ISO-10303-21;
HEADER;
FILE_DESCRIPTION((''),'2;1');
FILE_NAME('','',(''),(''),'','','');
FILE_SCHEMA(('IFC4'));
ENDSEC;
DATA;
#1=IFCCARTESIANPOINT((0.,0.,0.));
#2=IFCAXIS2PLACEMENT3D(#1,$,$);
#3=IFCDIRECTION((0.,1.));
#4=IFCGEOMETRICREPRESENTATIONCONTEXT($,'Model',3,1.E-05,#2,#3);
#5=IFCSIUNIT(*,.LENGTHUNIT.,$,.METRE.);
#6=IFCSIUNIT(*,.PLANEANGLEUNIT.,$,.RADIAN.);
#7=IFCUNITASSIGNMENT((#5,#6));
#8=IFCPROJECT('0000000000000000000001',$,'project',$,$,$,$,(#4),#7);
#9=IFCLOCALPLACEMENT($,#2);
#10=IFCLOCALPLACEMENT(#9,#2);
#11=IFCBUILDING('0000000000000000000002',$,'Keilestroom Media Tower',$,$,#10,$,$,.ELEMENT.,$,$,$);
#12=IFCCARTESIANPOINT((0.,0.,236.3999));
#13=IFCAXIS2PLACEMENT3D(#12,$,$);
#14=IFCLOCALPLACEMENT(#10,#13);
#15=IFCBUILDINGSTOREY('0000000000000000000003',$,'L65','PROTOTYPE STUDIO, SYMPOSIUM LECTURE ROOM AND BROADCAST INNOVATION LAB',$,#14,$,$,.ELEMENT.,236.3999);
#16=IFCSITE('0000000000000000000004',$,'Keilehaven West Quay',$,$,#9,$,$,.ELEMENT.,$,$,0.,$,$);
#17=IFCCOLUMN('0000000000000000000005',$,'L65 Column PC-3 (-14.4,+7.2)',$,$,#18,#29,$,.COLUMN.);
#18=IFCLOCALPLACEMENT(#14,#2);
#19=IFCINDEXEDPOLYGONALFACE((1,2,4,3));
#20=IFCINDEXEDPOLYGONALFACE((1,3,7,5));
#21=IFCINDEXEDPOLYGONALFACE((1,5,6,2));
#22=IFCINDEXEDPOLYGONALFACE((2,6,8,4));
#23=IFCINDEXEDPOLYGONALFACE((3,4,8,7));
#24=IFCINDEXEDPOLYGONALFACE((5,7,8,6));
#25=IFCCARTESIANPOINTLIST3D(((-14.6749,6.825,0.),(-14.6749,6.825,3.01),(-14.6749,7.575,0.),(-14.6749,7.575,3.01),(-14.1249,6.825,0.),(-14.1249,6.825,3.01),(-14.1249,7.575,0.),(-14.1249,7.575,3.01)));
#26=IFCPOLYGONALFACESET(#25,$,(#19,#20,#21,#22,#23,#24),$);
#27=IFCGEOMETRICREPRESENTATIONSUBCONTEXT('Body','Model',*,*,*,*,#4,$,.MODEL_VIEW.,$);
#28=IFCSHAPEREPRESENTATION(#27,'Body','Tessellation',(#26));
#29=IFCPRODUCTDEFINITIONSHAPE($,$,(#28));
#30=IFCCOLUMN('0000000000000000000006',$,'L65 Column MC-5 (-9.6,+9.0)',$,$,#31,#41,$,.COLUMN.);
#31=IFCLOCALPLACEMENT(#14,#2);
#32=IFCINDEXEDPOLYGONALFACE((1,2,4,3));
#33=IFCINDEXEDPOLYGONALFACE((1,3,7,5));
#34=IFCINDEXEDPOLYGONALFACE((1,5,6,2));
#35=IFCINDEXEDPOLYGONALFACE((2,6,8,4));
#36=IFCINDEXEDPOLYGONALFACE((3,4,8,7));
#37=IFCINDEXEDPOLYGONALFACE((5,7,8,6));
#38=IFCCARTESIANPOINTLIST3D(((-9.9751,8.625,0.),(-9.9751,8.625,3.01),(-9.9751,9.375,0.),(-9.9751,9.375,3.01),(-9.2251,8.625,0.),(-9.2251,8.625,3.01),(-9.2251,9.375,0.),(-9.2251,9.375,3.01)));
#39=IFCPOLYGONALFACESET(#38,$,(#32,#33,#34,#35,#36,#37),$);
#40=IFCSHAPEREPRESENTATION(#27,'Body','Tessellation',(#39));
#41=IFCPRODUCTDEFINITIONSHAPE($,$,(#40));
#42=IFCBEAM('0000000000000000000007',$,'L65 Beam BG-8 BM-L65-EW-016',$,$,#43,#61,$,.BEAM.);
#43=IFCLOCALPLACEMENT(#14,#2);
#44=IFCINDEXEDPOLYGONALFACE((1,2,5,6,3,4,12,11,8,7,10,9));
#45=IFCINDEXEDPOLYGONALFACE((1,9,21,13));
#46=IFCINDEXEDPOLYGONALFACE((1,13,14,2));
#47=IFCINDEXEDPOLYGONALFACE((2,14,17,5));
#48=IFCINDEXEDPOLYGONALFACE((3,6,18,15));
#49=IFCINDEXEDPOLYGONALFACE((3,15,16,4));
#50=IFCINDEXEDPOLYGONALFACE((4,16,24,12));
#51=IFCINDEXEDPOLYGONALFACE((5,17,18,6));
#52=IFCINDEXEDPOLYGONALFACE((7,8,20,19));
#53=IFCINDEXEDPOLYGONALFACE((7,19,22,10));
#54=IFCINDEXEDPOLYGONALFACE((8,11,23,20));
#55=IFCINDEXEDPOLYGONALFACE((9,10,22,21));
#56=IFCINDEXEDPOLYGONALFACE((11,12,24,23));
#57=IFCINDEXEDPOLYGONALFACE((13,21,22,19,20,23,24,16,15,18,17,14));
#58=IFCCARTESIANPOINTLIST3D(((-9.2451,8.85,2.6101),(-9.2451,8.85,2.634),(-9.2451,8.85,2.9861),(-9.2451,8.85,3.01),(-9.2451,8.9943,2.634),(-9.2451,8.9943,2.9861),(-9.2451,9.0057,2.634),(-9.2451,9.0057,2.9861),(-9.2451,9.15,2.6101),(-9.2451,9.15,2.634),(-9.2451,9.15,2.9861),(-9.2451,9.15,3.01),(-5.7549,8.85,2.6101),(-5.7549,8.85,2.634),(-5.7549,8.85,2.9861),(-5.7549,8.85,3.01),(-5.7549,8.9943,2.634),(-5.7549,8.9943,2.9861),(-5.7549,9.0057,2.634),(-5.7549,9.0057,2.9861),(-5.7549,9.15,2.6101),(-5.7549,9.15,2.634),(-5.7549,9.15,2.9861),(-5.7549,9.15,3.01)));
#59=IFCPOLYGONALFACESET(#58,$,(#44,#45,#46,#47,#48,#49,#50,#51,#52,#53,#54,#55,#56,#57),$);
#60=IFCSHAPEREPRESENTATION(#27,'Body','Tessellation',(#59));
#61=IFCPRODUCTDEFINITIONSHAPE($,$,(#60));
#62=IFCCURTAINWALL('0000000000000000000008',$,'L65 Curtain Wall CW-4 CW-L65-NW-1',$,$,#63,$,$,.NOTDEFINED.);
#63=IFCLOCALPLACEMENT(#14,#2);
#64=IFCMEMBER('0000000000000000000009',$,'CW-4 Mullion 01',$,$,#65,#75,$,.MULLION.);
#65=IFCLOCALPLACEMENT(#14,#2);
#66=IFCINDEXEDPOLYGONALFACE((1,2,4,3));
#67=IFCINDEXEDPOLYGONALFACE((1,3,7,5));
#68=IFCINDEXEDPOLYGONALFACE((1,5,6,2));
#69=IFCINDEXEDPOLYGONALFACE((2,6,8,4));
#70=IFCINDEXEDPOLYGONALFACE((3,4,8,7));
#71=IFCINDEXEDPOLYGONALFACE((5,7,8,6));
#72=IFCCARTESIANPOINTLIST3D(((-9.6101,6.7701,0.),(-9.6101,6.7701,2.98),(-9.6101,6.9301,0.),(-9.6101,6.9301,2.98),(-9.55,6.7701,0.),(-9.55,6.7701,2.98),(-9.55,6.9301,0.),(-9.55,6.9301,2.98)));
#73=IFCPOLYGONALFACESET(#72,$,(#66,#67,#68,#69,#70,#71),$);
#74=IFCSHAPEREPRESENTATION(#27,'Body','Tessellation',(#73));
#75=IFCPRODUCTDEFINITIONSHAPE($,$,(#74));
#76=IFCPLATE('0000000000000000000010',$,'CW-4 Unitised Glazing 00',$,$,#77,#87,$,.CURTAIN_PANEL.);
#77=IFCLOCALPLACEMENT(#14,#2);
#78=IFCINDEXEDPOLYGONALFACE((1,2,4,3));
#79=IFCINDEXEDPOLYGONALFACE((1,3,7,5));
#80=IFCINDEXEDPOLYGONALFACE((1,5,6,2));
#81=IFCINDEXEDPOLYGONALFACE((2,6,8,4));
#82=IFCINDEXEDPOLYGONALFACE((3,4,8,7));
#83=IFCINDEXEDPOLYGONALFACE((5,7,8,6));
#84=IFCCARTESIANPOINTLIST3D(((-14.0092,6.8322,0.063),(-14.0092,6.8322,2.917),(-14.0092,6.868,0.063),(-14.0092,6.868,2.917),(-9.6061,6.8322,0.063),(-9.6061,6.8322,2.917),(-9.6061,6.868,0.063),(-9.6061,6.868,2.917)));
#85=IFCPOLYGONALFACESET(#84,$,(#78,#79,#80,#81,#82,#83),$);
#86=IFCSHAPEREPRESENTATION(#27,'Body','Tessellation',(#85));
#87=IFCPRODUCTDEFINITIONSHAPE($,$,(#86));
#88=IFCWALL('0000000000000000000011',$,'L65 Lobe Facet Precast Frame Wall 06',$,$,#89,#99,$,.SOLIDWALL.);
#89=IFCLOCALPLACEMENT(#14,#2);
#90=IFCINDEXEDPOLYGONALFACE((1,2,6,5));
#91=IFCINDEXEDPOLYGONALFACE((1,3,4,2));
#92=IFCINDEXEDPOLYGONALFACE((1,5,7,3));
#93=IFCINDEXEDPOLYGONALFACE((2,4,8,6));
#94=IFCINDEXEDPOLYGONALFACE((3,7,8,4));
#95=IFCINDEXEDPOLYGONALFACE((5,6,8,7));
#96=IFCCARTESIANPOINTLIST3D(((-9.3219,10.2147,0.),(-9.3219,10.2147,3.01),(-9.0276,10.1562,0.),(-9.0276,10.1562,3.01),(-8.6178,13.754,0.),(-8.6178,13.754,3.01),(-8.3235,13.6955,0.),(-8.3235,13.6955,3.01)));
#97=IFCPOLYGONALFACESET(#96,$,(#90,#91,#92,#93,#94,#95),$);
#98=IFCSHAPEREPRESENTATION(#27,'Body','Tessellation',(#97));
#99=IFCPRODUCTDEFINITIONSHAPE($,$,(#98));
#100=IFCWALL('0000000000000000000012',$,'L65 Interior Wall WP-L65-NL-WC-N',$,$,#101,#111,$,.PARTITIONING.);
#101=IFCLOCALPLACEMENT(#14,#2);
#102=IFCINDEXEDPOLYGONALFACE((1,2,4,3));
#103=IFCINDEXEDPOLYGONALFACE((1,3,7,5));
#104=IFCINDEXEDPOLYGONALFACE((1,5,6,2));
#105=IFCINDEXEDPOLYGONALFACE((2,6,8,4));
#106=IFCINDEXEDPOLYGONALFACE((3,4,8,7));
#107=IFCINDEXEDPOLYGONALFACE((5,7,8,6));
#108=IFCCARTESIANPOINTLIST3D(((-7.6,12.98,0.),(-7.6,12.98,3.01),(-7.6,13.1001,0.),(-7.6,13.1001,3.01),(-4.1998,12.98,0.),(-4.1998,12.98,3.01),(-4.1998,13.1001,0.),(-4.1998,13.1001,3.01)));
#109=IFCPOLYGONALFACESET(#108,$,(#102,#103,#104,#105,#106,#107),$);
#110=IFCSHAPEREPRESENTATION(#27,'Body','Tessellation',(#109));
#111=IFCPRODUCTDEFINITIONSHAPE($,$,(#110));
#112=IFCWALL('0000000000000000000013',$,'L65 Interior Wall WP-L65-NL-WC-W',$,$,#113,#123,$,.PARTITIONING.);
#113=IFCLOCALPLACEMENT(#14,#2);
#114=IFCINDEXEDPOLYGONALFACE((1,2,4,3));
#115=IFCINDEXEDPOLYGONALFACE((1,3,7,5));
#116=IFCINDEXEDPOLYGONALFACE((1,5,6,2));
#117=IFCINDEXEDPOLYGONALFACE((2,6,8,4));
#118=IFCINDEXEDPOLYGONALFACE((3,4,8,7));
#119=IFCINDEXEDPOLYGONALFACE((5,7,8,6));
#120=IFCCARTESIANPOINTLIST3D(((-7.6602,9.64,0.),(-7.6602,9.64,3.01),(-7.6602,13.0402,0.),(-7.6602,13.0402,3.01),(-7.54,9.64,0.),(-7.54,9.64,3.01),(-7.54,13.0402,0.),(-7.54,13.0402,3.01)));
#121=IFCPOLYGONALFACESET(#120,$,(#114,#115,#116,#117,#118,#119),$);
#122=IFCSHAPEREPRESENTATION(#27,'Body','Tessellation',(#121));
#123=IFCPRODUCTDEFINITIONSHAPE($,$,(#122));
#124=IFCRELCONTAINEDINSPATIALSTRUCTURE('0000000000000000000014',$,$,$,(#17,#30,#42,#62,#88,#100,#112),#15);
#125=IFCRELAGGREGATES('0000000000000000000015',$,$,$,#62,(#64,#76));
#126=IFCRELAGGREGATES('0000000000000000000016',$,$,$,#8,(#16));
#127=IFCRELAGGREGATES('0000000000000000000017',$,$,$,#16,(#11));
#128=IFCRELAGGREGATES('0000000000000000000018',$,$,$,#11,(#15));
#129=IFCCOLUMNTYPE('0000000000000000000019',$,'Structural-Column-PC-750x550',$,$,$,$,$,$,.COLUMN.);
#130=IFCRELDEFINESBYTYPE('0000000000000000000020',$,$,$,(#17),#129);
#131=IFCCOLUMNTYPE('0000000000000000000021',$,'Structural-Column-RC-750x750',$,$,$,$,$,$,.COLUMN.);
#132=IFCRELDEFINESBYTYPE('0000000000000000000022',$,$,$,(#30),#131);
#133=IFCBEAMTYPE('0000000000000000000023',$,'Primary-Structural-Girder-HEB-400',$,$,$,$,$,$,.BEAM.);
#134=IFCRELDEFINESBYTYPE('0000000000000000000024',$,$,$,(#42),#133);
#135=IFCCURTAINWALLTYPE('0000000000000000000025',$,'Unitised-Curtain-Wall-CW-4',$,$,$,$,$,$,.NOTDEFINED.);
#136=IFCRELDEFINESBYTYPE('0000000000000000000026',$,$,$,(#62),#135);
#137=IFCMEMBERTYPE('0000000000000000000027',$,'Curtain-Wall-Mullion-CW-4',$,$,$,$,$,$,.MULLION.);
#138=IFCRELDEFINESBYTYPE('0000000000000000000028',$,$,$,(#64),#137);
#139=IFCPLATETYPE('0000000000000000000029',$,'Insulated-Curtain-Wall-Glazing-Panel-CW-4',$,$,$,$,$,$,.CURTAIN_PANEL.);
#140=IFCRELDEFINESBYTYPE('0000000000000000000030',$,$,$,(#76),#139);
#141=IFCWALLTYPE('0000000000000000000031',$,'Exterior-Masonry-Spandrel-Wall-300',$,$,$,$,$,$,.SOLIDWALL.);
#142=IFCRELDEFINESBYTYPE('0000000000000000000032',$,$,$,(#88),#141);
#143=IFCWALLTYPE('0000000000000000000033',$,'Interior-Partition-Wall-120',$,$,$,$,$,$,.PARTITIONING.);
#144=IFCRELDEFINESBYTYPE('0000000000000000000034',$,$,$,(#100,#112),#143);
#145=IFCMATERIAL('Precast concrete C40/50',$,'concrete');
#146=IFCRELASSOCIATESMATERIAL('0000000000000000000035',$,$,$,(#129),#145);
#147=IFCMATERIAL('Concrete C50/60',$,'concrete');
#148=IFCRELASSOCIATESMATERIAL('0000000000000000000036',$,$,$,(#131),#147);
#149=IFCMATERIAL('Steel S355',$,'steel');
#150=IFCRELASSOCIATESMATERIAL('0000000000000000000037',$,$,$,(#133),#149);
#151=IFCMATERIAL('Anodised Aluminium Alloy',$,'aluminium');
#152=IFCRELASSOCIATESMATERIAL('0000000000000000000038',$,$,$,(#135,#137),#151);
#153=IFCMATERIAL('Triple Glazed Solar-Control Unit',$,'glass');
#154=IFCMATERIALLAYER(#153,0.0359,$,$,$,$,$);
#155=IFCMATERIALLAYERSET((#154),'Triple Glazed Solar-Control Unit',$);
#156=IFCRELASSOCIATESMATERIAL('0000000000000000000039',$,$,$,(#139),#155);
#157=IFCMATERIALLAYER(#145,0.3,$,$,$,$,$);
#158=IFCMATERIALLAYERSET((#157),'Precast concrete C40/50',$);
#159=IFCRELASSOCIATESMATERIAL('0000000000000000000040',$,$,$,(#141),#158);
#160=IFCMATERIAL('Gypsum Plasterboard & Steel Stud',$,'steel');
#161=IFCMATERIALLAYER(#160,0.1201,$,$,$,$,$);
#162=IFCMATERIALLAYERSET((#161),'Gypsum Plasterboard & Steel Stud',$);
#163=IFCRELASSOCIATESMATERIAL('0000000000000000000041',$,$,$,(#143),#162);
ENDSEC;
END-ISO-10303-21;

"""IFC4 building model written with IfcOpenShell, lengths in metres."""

from ifc_helpers import new_model, si_unit, direction, frame, frame_2d, origin, origin_2d, place, context, subcontext, project, spatial, rectangle, i_section, extrude, source, transform, mapped, material, layer, layer_set, material_profile, profile_set, type_object, element, aggregate, save


model = new_model("IFC4")

# Units and contexts
model_context = context("Model", 3, precision=1e-05, world=origin(), true_north=direction((0.0, 1.0)))
body_context = subcontext(model_context, "Body", "Model", "MODEL_VIEW")
ifc_project = project(units=[si_unit("LENGTHUNIT", "METRE"), si_unit("PLANEANGLEUNIT", "RADIAN")], contexts=[model_context])

# Site, building, storey
site_placement = place(None, origin())
site = spatial("IfcSite", under=ifc_project, at=site_placement, Name="Keilehaven West Quay", CompositionType="ELEMENT", RefElevation=0.0)
building_placement = place(site_placement, origin())
building = spatial("IfcBuilding", under=site, at=building_placement, Name="Keilestroom Media Tower", CompositionType="ELEMENT")
storey_placement = place(building_placement, frame((0.0, 0.0, 236.3999)))
storey = spatial("IfcBuildingStorey", under=building, at=storey_placement, Name="L65", Description="PROTOTYPE STUDIO, SYMPOSIUM LECTURE ROOM AND BROADCAST INNOVATION LAB", CompositionType="ELEMENT", Elevation=236.3999)

# Columns
ifc_material_1 = material(Name="Precast concrete C40/50", Category="concrete")
ifc_material_profile_1 = material_profile(ifc_material_1, rectangle(XDim=0.55, YDim=0.75, at=origin_2d()), Name="PC 750x550")
ifc_profile_set_1 = profile_set([ifc_material_profile_1], Name="Precast concrete C40/50")
column_type_1 = type_object("IfcColumnType", Name="Structural-Column-PC-750x550", PredefinedType="COLUMN", material=ifc_profile_set_1)
shared_shape_1 = source(origin(), body_context, "Body", "SweptSolid", [
    extrude(rectangle(XDim=0.55, YDim=0.75, at=origin_2d()), origin(), (0.0, 0.0, 1.0), 3.01),
])
column_1_placement = place(storey_placement, frame((-14.3999, 7.2, 0.0), z_axis=(0.0, 0.0, 1.0), x_axis=(1.0, 0.0, 0.0)))
element("IfcColumn", 1, at=column_1_placement, inside=storey, type_object=column_type_1, Name="L65 Column PC-3 (-14.4,+7.2)", PredefinedType="COLUMN", context=body_context, shape_type="MappedRepresentation", body=[
    mapped(shared_shape_1, transform((0.0, 0.0, 0.0), x_axis=(1.0, 0.0, 0.0), y_axis=(0.0, 1.0, 0.0), z_axis=(0.0, 0.0, 1.0), scale=1.0)),
])
ifc_material_2 = material(Name="Concrete C50/60", Category="concrete")
ifc_material_profile_2 = material_profile(ifc_material_2, rectangle(XDim=0.75, YDim=0.75, at=origin_2d()), Name="RC 750x750")
ifc_profile_set_2 = profile_set([ifc_material_profile_2], Name="Concrete C50/60")
column_type_2 = type_object("IfcColumnType", Name="Structural-Column-RC-750x750", PredefinedType="COLUMN", material=ifc_profile_set_2)
shared_shape_2 = source(origin(), body_context, "Body", "SweptSolid", [
    extrude(rectangle(XDim=0.75, YDim=0.75, at=origin_2d()), origin(), (0.0, 0.0, 1.0), 3.01),
])
column_2_placement = place(storey_placement, frame((-9.6001, 9.0, 0.0), z_axis=(0.0, 0.0, 1.0), x_axis=(1.0, 0.0, 0.0)))
element("IfcColumn", 2, at=column_2_placement, inside=storey, type_object=column_type_2, Name="L65 Column MC-5 (-9.6,+9.0)", PredefinedType="COLUMN", context=body_context, shape_type="MappedRepresentation", body=[
    mapped(shared_shape_2, transform((0.0, 0.0, 0.0), x_axis=(1.0, 0.0, 0.0), y_axis=(0.0, 1.0, 0.0), z_axis=(0.0, 0.0, 1.0), scale=1.0)),
])

# Beam
ifc_material_3 = material(Name="Steel S355", Category="steel")
ifc_material_profile_3 = material_profile(ifc_material_3, i_section(OverallWidth=0.3, OverallDepth=0.3999, WebThickness=0.0115, FlangeThickness=0.0239, at=origin_2d()), Name="HEB 400")
ifc_profile_set_3 = profile_set([ifc_material_profile_3], Name="Steel S355")
beam_type = type_object("IfcBeamType", Name="Primary-Structural-Girder-HEB-400", PredefinedType="BEAM", material=ifc_profile_set_3)
shared_shape_3 = source(origin(), body_context, "Body", "SweptSolid", [
    extrude(i_section(OverallWidth=0.3, OverallDepth=0.3999, WebThickness=0.0115, FlangeThickness=0.0239, at=origin_2d()), origin(), (0.0, 0.0, 1.0), 3.4902),
])
beam_placement = place(storey_placement, frame((-9.2451, 9.0, 2.8101), z_axis=(1.0, 0.0, 0.0), x_axis=(0.0, 1.0, 0.0)))
element("IfcBeam", 3, at=beam_placement, inside=storey, type_object=beam_type, Name="L65 Beam BG-8 BM-L65-EW-016", PredefinedType="BEAM", context=body_context, shape_type="MappedRepresentation", body=[
    mapped(shared_shape_3, transform((0.0, 0.0, 0.0), x_axis=(1.0, 0.0, 0.0), y_axis=(0.0, 1.0, 0.0), z_axis=(0.0, 0.0, 1.0), scale=1.0)),
])

# Curtain wall, member, plate
ifc_material_4 = material(Name="Anodised Aluminium Alloy", Category="aluminium")
curtain_wall_type = type_object("IfcCurtainWallType", Name="Unitised-Curtain-Wall-CW-4", PredefinedType="NOTDEFINED", material=ifc_material_4)
curtain_wall_placement = place(storey_placement, origin())
curtain_wall = element("IfcCurtainWall", 4, at=curtain_wall_placement, inside=storey, type_object=curtain_wall_type, Name="L65 Curtain Wall CW-4 CW-L65-NW-1", PredefinedType="NOTDEFINED")
ifc_material_profile_4 = material_profile(ifc_material_4, rectangle(XDim=0.0601, YDim=0.1599, at=origin_2d()), Name="ALU MULLION 60x160")
ifc_profile_set_4 = profile_set([ifc_material_profile_4], Name="Anodised Aluminium Alloy")
member_type = type_object("IfcMemberType", Name="Curtain-Wall-Mullion-CW-4", PredefinedType="MULLION", material=ifc_profile_set_4)
shared_shape_4 = source(origin(), body_context, "Body", "SweptSolid", [
    extrude(rectangle(XDim=0.0601, YDim=0.1599, at=origin_2d()), origin(), (0.0, 0.0, 1.0), 2.98),
])
member_placement = place(storey_placement, frame((-9.5801, 6.8501, 0.0), z_axis=(0.0, 0.0, 1.0), x_axis=(1.0, 0.0, 0.0)))
member = element("IfcMember", 5, at=member_placement, type_object=member_type, Name="CW-4 Mullion 01", PredefinedType="MULLION", context=body_context, shape_type="MappedRepresentation", body=[
    mapped(shared_shape_4, transform((0.0, 0.0, 0.0), x_axis=(1.0, 0.0, 0.0), y_axis=(0.0, 1.0, 0.0), z_axis=(0.0, 0.0, 1.0), scale=1.0)),
])
ifc_material_5 = material(Name="Triple Glazed Solar-Control Unit", Category="glass")
ifc_layer_1 = layer(ifc_material_5, 0.0359)
ifc_layer_set_1 = layer_set([ifc_layer_1], Name="Triple Glazed Solar-Control Unit")
plate_type = type_object("IfcPlateType", Name="Insulated-Curtain-Wall-Glazing-Panel-CW-4", PredefinedType="CURTAIN_PANEL", material=ifc_layer_set_1)
shared_shape_5 = source(origin(), body_context, "Body", "SweptSolid", [
    extrude(rectangle(XDim=4.4031, YDim=0.0359, at=origin_2d()), origin(), (0.0, 0.0, 1.0), 2.854),
])
plate_placement = place(storey_placement, frame((-11.8076, 6.8501, 0.063), z_axis=(0.0, 0.0, 1.0), x_axis=(1.0, 0.0, 0.0)))
plate = element("IfcPlate", 6, at=plate_placement, type_object=plate_type, Name="CW-4 Unitised Glazing 00", PredefinedType="CURTAIN_PANEL", context=body_context, shape_type="MappedRepresentation", body=[
    mapped(shared_shape_5, transform((0.0, 0.0, 0.0), x_axis=(1.0, 0.0, 0.0), y_axis=(0.0, 1.0, 0.0), z_axis=(0.0, 0.0, 1.0), scale=1.0)),
])
aggregate(curtain_wall, [member, plate])

# Walls
ifc_layer_2 = layer(ifc_material_1, 0.3)
ifc_layer_set_2 = layer_set([ifc_layer_2], Name="Precast concrete C40/50")
wall_type_1 = type_object("IfcWallType", Name="Exterior-Masonry-Spandrel-Wall-300", PredefinedType="SOLIDWALL", material=ifc_layer_set_2)
wall_1_placement = place(storey_placement, frame((-8.4707, 13.7246, 0.0), z_axis=(0.0, 0.0, 1.0), x_axis=(-0.195114, -0.980781, 0.0)))
element("IfcWall", 7, at=wall_1_placement, inside=storey, type_object=wall_type_1, Name="L65 Lobe Facet Precast Frame Wall 06", PredefinedType="SOLIDWALL", context=body_context, shape_type="SweptSolid", body=[
    extrude(rectangle(XDim=3.6086, YDim=0.3, at=frame_2d((1.8042, 0.0))), origin(), (0.0, 0.0, 1.0), 3.01),
])
ifc_material_6 = material(Name="Gypsum Plasterboard & Steel Stud", Category="steel")
ifc_layer_3 = layer(ifc_material_6, 0.1201)
ifc_layer_set_3 = layer_set([ifc_layer_3], Name="Gypsum Plasterboard & Steel Stud")
wall_type_2 = type_object("IfcWallType", Name="Interior-Partition-Wall-120", PredefinedType="PARTITIONING", material=ifc_layer_set_3)
for number, where, z_axis, x_axis, name in (
    (8, (-7.6001, 13.04, 0.0), (0.0, 0.0, 1.0), (1.0, 0.0, 0.0), "L65 Interior Wall WP-L65-NL-WC-N"),
    (9, (-7.6001, 9.6399, 0.0), (0.0, 0.0, 1.0), (0.0, 1.0, 0.0), "L65 Interior Wall WP-L65-NL-WC-W"),
):
    element("IfcWall", number, at=place(storey_placement, frame(where, z_axis=z_axis, x_axis=x_axis)), inside=storey, type_object=wall_type_2, Name=name, PredefinedType="PARTITIONING", context=body_context, shape_type="SweptSolid", body=[
        extrude(rectangle(XDim=3.4001, YDim=0.1201, at=frame_2d((1.7002, 0.0))), origin(), (0.0, 0.0, 1.0), 3.01),
    ])

save(model, "model.ifc")
